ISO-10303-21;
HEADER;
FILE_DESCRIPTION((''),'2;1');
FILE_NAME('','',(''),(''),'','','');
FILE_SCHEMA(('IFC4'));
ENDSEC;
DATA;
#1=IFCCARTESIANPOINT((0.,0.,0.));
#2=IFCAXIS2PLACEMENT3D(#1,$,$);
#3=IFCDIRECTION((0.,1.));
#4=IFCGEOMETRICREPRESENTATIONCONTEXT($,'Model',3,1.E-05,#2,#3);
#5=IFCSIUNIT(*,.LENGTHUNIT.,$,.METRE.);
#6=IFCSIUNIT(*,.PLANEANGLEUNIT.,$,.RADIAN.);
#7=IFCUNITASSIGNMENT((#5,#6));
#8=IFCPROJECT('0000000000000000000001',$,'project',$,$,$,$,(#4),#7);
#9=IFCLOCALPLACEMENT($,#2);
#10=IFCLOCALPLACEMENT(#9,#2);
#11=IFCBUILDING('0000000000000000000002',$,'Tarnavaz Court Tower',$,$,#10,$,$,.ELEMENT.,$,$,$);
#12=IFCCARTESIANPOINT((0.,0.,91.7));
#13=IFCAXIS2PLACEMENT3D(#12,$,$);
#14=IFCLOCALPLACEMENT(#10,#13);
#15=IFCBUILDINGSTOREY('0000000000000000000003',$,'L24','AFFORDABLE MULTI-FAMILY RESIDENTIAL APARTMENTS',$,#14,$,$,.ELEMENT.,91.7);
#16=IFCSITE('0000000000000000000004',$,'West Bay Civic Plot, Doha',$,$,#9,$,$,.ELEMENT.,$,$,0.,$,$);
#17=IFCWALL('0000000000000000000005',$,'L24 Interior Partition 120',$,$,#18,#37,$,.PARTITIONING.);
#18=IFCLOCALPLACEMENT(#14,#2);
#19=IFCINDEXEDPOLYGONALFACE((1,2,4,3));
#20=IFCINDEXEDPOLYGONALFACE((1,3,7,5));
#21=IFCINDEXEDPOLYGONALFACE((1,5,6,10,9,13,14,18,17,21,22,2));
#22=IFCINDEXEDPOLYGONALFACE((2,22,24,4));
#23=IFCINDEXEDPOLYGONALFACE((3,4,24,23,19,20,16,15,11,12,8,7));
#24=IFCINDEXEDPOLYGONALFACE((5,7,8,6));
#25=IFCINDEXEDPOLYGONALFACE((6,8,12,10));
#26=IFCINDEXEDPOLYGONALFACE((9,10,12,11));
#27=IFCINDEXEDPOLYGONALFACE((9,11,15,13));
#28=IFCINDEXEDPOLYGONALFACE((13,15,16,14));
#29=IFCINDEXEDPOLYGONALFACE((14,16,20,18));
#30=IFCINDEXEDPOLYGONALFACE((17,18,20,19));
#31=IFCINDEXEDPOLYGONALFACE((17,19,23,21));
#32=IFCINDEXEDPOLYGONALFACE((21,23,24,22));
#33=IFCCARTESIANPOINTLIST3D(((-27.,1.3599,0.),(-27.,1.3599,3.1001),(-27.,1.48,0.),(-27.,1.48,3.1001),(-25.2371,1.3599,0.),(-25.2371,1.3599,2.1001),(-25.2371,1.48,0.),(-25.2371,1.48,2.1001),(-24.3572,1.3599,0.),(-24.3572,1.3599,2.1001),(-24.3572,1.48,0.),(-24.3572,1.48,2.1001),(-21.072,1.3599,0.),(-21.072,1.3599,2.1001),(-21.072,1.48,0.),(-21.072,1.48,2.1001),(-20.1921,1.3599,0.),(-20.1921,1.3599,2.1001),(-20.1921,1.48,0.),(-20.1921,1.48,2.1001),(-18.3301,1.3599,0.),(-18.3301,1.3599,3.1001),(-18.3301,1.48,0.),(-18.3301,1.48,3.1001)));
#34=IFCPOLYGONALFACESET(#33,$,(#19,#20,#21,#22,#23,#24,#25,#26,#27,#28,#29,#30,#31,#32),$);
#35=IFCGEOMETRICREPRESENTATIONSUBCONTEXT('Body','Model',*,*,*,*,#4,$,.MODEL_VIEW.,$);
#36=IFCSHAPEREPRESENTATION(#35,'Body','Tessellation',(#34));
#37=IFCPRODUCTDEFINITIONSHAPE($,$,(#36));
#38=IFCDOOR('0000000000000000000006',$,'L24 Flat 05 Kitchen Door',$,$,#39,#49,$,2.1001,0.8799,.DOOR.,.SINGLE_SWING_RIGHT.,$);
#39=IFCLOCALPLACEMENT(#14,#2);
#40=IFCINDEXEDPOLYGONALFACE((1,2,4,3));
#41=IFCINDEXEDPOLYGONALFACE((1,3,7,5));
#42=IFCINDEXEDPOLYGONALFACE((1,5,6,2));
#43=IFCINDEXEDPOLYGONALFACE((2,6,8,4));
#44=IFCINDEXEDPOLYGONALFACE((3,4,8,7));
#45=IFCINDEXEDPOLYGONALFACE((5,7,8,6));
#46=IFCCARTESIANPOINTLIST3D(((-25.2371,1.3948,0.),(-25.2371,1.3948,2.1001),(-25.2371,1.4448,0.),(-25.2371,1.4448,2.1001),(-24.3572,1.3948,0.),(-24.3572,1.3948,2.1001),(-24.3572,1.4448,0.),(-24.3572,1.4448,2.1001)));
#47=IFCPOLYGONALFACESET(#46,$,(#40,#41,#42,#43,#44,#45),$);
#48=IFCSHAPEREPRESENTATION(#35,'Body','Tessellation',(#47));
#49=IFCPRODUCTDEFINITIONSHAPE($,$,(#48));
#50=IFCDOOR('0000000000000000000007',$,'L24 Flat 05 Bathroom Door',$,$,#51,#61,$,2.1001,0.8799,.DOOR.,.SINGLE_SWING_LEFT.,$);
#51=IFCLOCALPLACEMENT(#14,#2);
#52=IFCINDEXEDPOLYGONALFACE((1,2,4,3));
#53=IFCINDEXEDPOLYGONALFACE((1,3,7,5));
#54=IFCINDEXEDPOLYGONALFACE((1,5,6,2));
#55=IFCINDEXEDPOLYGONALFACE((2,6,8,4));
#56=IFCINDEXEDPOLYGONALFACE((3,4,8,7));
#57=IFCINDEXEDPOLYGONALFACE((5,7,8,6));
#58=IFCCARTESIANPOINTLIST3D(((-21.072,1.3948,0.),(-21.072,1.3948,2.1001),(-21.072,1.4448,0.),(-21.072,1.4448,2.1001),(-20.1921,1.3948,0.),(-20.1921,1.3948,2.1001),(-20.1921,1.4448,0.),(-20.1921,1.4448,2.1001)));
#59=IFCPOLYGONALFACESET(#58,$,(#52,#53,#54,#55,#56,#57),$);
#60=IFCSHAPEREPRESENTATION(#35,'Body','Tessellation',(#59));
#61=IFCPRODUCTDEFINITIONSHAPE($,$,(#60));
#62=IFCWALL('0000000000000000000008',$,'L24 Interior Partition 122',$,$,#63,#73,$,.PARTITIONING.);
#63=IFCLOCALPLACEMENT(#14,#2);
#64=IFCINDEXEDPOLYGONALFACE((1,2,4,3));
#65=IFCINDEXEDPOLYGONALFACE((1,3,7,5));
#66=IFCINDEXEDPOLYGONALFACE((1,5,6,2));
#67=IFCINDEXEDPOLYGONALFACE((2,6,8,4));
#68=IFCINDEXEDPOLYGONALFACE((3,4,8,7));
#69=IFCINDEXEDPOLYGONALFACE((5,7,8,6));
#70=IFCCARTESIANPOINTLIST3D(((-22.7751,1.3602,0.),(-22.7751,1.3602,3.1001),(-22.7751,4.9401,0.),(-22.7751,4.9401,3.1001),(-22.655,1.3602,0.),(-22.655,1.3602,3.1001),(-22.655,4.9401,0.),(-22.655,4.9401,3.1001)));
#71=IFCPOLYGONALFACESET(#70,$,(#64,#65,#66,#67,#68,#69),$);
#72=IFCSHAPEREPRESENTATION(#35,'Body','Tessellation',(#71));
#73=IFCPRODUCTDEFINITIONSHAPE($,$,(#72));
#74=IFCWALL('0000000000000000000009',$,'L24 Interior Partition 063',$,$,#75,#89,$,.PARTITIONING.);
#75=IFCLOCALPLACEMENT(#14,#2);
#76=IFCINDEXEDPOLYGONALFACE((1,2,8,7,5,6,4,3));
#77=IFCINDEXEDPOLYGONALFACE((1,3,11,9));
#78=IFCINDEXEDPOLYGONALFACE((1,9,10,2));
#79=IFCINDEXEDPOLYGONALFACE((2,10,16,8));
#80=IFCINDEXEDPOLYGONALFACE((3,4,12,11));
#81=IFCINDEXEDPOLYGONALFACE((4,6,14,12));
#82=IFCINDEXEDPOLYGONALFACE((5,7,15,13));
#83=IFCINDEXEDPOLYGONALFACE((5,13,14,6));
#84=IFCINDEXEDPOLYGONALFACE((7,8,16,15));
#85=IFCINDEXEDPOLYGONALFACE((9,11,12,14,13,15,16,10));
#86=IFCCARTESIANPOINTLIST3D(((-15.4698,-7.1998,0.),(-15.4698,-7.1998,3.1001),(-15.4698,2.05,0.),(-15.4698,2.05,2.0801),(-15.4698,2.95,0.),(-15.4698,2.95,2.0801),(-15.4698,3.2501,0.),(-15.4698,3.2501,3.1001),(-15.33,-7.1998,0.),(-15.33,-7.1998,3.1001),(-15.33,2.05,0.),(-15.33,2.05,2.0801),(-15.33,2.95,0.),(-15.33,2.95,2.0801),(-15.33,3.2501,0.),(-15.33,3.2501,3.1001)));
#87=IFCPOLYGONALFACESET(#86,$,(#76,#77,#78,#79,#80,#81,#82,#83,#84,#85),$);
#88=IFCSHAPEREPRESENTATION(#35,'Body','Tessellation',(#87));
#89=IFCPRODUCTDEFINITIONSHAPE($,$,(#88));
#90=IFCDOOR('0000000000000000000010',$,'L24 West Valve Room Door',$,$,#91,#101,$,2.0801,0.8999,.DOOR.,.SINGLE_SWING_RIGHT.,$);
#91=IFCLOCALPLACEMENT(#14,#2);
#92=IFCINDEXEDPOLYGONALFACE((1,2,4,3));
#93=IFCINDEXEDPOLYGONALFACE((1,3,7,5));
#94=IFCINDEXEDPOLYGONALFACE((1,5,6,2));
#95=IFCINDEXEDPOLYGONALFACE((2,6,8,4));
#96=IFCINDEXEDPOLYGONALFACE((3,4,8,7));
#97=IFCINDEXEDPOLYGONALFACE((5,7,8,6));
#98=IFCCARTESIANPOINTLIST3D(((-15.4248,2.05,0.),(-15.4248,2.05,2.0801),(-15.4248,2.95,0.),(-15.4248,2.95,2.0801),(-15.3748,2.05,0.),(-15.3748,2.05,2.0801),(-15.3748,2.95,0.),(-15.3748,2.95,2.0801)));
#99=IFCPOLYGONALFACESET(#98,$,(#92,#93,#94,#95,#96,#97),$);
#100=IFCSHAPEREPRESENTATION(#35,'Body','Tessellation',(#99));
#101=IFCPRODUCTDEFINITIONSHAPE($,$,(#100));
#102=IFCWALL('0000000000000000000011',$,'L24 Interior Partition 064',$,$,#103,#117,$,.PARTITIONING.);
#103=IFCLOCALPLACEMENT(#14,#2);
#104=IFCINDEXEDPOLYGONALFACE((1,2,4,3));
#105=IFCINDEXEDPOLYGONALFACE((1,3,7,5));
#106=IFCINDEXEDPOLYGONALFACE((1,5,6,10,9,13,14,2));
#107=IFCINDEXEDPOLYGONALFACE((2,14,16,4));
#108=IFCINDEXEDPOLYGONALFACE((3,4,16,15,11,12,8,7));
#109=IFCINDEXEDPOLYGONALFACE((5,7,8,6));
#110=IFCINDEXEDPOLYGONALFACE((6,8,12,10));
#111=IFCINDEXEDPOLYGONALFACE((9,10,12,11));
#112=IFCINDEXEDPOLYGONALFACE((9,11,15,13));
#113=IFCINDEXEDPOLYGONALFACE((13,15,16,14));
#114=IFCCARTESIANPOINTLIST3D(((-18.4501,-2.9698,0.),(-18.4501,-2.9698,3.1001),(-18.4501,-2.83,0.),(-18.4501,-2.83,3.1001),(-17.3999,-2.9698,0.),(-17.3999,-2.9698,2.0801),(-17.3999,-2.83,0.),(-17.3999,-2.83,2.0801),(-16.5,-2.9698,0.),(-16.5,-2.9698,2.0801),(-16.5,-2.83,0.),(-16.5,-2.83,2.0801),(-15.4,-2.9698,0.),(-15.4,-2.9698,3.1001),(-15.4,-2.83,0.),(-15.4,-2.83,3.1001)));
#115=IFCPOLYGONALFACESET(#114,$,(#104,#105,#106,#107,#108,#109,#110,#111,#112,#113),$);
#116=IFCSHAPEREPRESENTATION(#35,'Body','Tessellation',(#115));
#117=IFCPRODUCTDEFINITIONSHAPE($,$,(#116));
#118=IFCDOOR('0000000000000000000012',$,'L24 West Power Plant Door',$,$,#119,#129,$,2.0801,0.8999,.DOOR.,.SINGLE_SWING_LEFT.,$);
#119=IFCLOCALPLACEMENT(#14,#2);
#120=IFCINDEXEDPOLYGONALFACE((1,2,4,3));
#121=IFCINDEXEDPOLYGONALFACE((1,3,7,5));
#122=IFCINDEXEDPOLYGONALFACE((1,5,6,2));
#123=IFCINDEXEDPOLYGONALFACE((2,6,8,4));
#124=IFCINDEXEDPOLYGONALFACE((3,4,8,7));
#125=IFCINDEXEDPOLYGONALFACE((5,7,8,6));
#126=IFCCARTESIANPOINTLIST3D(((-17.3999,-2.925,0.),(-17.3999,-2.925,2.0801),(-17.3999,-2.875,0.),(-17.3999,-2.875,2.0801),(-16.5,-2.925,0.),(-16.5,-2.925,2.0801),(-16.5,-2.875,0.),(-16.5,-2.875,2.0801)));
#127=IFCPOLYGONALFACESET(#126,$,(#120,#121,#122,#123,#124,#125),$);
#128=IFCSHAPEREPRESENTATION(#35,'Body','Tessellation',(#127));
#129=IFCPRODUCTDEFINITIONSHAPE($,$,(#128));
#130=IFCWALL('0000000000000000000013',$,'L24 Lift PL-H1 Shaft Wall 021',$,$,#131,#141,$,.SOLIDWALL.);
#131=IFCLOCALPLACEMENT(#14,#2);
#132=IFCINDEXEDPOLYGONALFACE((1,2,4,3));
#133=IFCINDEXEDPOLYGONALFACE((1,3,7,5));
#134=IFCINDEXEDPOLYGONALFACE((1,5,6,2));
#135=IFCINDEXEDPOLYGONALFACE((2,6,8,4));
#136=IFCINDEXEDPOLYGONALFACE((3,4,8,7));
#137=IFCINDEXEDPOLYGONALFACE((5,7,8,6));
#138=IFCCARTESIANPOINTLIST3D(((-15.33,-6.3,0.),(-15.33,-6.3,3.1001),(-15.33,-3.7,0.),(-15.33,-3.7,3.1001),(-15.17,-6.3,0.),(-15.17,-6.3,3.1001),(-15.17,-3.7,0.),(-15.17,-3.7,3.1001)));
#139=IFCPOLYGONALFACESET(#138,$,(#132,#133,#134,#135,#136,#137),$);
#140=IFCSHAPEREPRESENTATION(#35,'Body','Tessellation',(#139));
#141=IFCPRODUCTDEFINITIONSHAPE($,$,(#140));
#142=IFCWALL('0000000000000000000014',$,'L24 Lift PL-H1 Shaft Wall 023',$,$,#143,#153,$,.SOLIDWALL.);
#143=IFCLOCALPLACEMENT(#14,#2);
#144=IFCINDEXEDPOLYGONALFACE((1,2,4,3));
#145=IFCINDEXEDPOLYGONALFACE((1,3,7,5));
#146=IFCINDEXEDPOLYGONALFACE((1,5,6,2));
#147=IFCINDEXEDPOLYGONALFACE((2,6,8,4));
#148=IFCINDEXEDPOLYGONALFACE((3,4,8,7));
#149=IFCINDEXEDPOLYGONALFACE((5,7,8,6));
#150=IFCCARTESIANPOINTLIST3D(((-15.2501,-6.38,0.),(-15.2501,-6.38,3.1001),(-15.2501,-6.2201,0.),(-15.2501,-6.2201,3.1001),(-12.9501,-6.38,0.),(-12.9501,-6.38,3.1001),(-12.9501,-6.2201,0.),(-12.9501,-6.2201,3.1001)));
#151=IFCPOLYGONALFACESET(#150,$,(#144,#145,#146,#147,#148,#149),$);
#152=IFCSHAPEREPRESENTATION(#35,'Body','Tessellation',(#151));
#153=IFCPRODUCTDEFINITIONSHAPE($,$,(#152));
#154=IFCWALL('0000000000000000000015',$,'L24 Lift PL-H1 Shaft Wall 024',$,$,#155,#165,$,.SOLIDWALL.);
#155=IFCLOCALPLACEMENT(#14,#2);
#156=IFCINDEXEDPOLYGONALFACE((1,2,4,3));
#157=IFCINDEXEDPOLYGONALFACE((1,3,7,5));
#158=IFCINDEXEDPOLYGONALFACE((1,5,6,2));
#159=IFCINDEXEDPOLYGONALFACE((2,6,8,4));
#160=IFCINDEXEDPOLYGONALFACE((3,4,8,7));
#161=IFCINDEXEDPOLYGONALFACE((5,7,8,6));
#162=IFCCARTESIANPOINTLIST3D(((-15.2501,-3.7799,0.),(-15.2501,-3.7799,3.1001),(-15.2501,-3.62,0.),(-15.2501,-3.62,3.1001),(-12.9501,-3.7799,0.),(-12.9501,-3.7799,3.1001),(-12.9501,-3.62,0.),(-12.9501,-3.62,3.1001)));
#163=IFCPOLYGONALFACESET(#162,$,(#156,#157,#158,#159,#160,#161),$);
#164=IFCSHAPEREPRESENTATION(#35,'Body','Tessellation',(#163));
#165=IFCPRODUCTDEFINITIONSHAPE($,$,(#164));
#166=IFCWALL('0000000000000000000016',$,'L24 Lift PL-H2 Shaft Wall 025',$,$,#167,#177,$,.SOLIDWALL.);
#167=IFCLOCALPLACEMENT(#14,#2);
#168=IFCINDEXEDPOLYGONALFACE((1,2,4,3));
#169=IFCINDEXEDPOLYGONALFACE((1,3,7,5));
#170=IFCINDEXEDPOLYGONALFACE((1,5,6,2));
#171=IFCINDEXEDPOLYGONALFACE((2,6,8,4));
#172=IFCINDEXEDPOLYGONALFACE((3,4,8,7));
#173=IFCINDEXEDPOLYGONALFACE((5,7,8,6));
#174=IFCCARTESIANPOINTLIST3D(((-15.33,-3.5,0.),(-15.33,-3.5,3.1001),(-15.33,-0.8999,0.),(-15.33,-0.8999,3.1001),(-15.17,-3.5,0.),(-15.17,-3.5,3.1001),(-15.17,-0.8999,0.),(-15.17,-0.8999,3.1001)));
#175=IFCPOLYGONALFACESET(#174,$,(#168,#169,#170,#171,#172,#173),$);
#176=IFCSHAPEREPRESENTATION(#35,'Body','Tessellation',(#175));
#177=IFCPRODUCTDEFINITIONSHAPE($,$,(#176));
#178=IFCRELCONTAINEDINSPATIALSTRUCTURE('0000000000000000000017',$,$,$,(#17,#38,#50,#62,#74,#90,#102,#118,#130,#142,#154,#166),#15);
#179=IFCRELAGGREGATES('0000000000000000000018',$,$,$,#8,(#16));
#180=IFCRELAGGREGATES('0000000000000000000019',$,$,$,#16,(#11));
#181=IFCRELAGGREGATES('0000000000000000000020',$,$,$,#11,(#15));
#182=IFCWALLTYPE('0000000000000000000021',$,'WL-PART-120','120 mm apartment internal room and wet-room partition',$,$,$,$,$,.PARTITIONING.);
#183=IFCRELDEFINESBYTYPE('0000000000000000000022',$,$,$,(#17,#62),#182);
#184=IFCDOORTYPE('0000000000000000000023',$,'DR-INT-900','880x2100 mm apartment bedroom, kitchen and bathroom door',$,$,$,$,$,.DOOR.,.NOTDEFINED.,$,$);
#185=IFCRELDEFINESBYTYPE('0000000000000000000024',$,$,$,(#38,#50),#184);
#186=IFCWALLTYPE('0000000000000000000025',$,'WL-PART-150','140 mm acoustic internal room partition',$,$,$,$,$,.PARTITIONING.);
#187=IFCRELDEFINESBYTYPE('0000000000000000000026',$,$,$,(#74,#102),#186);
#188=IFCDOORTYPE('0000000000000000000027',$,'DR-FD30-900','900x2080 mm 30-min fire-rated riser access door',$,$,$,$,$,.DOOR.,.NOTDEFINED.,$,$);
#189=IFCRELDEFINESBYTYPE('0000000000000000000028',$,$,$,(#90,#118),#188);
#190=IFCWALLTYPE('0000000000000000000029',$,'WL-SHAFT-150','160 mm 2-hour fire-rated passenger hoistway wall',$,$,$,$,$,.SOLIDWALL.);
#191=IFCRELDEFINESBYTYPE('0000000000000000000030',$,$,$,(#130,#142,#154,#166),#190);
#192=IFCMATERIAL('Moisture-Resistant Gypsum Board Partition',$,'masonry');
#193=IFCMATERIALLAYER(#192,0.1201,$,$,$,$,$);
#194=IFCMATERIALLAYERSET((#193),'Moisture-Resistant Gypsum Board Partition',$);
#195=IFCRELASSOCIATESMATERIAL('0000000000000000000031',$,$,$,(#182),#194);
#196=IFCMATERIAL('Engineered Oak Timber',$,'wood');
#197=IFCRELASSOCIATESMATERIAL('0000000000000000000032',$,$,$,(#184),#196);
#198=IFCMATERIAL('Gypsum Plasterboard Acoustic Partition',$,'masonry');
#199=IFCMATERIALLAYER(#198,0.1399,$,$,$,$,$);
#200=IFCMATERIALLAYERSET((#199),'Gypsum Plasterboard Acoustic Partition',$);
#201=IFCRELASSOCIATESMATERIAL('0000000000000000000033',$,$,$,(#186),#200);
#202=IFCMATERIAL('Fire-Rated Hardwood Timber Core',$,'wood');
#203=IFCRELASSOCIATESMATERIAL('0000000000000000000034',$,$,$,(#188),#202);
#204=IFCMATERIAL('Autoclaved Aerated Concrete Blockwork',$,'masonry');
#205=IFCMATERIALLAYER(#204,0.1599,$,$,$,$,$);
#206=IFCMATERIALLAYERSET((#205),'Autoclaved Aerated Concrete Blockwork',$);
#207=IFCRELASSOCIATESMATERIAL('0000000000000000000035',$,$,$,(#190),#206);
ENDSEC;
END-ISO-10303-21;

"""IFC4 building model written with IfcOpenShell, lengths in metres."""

from ifc_helpers import new_model, si_unit, direction, frame, frame_2d, origin, place, context, subcontext, project, spatial, rectangle, extrude, material, layer, layer_set, type_object, element, fill, save


model = new_model("IFC4")

# Units and contexts
model_context = context("Model", 3, precision=1e-05, world=origin(), true_north=direction((0.0, 1.0)))
body_context = subcontext(model_context, "Body", "Model", "MODEL_VIEW")
ifc_project = project(units=[si_unit("LENGTHUNIT", "METRE"), si_unit("PLANEANGLEUNIT", "RADIAN")], contexts=[model_context])

# Site, building, storey
site_placement = place(None, origin())
site = spatial("IfcSite", under=ifc_project, at=site_placement, Name="West Bay Civic Plot, Doha", CompositionType="ELEMENT", RefElevation=0.0)
building_placement = place(site_placement, origin())
building = spatial("IfcBuilding", under=site, at=building_placement, Name="Tarnavaz Court Tower", CompositionType="ELEMENT")
storey_placement = place(building_placement, frame((0.0, 0.0, 91.7)))
storey = spatial("IfcBuildingStorey", under=building, at=storey_placement, Name="L24", Description="AFFORDABLE MULTI-FAMILY RESIDENTIAL APARTMENTS", CompositionType="ELEMENT", Elevation=91.7)

# Wall, openings, doors
ifc_material_1 = material(Name="Moisture-Resistant Gypsum Board Partition", Category="masonry")
ifc_layer_1 = layer(ifc_material_1, 0.1201)
ifc_layer_set_1 = layer_set([ifc_layer_1], Name="Moisture-Resistant Gypsum Board Partition")
wall_type_1 = type_object("IfcWallType", Name="WL-PART-120", Description="120 mm apartment internal room and wet-room partition", PredefinedType="PARTITIONING", material=ifc_layer_set_1)
wall_1_placement = place(storey_placement, frame((-27.0, 1.4199, 0.0), z_axis=(0.0, 0.0, 1.0), x_axis=(1.0, 0.0, 0.0)))
wall_1 = element("IfcWall", 1, at=wall_1_placement, inside=storey, type_object=wall_type_1, Name="L24 Interior Partition 120", PredefinedType="PARTITIONING", context=body_context, shape_type="SweptSolid", body=[
    extrude(rectangle(XDim=8.6699, YDim=0.1201, at=frame_2d((4.335, 0.0))), origin(), (0.0, 0.0, 1.0), 3.1001),
])
opening_1_placement = place(wall_1_placement, frame((1.7629, 0.0, 0.0)))
opening_1 = element("IfcOpeningElement", 2, at=opening_1_placement, cuts=wall_1, PredefinedType="OPENING", context=body_context, shape_type="SweptSolid", body=[
    extrude(rectangle(XDim=0.8799, YDim=2.1001, at=frame_2d((0.4399, 1.05))), frame((0.0, 0.0701, 0.0), z_axis=(0.0, -1.0, 0.0), x_axis=(1.0, 0.0, 0.0)), (0.0, 0.0, 1.0), 0.1401),
])
opening_2_placement = place(wall_1_placement, frame((5.928, 0.0, 0.0)))
opening_2 = element("IfcOpeningElement", 3, at=opening_2_placement, cuts=wall_1, PredefinedType="OPENING", context=body_context, shape_type="SweptSolid", body=[
    extrude(rectangle(XDim=0.8799, YDim=2.1001, at=frame_2d((0.4399, 1.05))), frame((0.0, 0.0701, 0.0), z_axis=(0.0, -1.0, 0.0), x_axis=(1.0, 0.0, 0.0)), (0.0, 0.0, 1.0), 0.1401),
])
ifc_material_2 = material(Name="Engineered Oak Timber", Category="wood")
door_type_1 = type_object("IfcDoorType", Name="DR-INT-900", Description="880x2100 mm apartment bedroom, kitchen and bathroom door", OperationType="NOTDEFINED", PredefinedType="DOOR", material=ifc_material_2)
door_1_placement = place(opening_1_placement, origin())
door_1 = element("IfcDoor", 4, at=door_1_placement, inside=storey, type_object=door_type_1, Name="L24 Flat 05 Kitchen Door", OperationType="SINGLE_SWING_RIGHT", OverallHeight=2.1001, OverallWidth=0.8799, PredefinedType="DOOR", context=body_context, shape_type="SweptSolid", body=[
    extrude(rectangle(XDim=0.8799, YDim=2.1001, at=frame_2d((0.4399, 1.05))), frame((0.0, 0.0249, 0.0), z_axis=(0.0, -1.0, 0.0), x_axis=(1.0, 0.0, 0.0)), (0.0, 0.0, 1.0), 0.05),
])
fill(opening_1, door_1)
door_2_placement = place(opening_2_placement, origin())
door_2 = element("IfcDoor", 5, at=door_2_placement, inside=storey, type_object=door_type_1, Name="L24 Flat 05 Bathroom Door", OperationType="SINGLE_SWING_LEFT", OverallHeight=2.1001, OverallWidth=0.8799, PredefinedType="DOOR", context=body_context, shape_type="SweptSolid", body=[
    extrude(rectangle(XDim=0.8799, YDim=2.1001, at=frame_2d((0.4399, 1.05))), frame((0.0, 0.0249, 0.0), z_axis=(0.0, -1.0, 0.0), x_axis=(1.0, 0.0, 0.0)), (0.0, 0.0, 1.0), 0.05),
])
fill(opening_2, door_2)

# Wall
wall_2_placement = place(storey_placement, frame((-22.7151, 1.3601, 0.0), z_axis=(0.0, 0.0, 1.0), x_axis=(0.0, 1.0, 0.0)))
element("IfcWall", 6, at=wall_2_placement, inside=storey, type_object=wall_type_1, Name="L24 Interior Partition 122", PredefinedType="PARTITIONING", context=body_context, shape_type="SweptSolid", body=[
    extrude(rectangle(XDim=3.5798, YDim=0.1201, at=frame_2d((1.79, 0.0))), origin(), (0.0, 0.0, 1.0), 3.1001),
])

# Walls, openings, doors
ifc_material_3 = material(Name="Gypsum Plasterboard Acoustic Partition", Category="masonry")
ifc_layer_2 = layer(ifc_material_3, 0.1399)
ifc_layer_set_2 = layer_set([ifc_layer_2], Name="Gypsum Plasterboard Acoustic Partition")
wall_type_2 = type_object("IfcWallType", Name="WL-PART-150", Description="140 mm acoustic internal room partition", PredefinedType="PARTITIONING", material=ifc_layer_set_2)
wall_3_placement = place(storey_placement, frame((-15.3999, -7.2, 0.0), z_axis=(0.0, 0.0, 1.0), x_axis=(0.0, 1.0, 0.0)))
wall_3 = element("IfcWall", 7, at=wall_3_placement, inside=storey, type_object=wall_type_2, Name="L24 Interior Partition 063", PredefinedType="PARTITIONING", context=body_context, shape_type="SweptSolid", body=[
    extrude(rectangle(XDim=10.45, YDim=0.1399, at=frame_2d((5.2251, 0.0))), origin(), (0.0, 0.0, 1.0), 3.1001),
])
opening_3_placement = place(wall_3_placement, frame((9.25, 0.0, 0.0)))
opening_3 = element("IfcOpeningElement", 8, at=opening_3_placement, cuts=wall_3, PredefinedType="OPENING", context=body_context, shape_type="SweptSolid", body=[
    extrude(rectangle(XDim=0.8999, YDim=2.0801, at=frame_2d((0.45, 1.04))), frame((0.0, 0.0798, 0.0), z_axis=(0.0, -1.0, 0.0), x_axis=(1.0, 0.0, 0.0)), (0.0, 0.0, 1.0), 0.1599),
])
ifc_material_4 = material(Name="Fire-Rated Hardwood Timber Core", Category="wood")
door_type_2 = type_object("IfcDoorType", Name="DR-FD30-900", Description="900x2080 mm 30-min fire-rated riser access door", OperationType="NOTDEFINED", PredefinedType="DOOR", material=ifc_material_4)
door_3_placement = place(opening_3_placement, origin())
door_3 = element("IfcDoor", 9, at=door_3_placement, inside=storey, type_object=door_type_2, Name="L24 West Valve Room Door", OperationType="SINGLE_SWING_RIGHT", OverallHeight=2.0801, OverallWidth=0.8999, PredefinedType="DOOR", context=body_context, shape_type="SweptSolid", body=[
    extrude(rectangle(XDim=0.8999, YDim=2.0801, at=frame_2d((0.45, 1.04))), frame((0.0, 0.0249, 0.0), z_axis=(0.0, -1.0, 0.0), x_axis=(1.0, 0.0, 0.0)), (0.0, 0.0, 1.0), 0.05),
])
fill(opening_3, door_3)
wall_4_placement = place(storey_placement, frame((-18.45, -2.8999, 0.0), z_axis=(0.0, 0.0, 1.0), x_axis=(1.0, 0.0, 0.0)))
wall_4 = element("IfcWall", 10, at=wall_4_placement, inside=storey, type_object=wall_type_2, Name="L24 Interior Partition 064", PredefinedType="PARTITIONING", context=body_context, shape_type="SweptSolid", body=[
    extrude(rectangle(XDim=3.05, YDim=0.1399, at=frame_2d((1.5249, 0.0))), origin(), (0.0, 0.0, 1.0), 3.1001),
])
opening_4_placement = place(wall_4_placement, frame((1.05, 0.0, 0.0)))
opening_4 = element("IfcOpeningElement", 11, at=opening_4_placement, cuts=wall_4, PredefinedType="OPENING", context=body_context, shape_type="SweptSolid", body=[
    extrude(rectangle(XDim=0.8999, YDim=2.0801, at=frame_2d((0.45, 1.04))), frame((0.0, 0.0798, 0.0), z_axis=(0.0, -1.0, 0.0), x_axis=(1.0, 0.0, 0.0)), (0.0, 0.0, 1.0), 0.1599),
])
door_4_placement = place(opening_4_placement, origin())
door_4 = element("IfcDoor", 12, at=door_4_placement, inside=storey, type_object=door_type_2, Name="L24 West Power Plant Door", OperationType="SINGLE_SWING_LEFT", OverallHeight=2.0801, OverallWidth=0.8999, PredefinedType="DOOR", context=body_context, shape_type="SweptSolid", body=[
    extrude(rectangle(XDim=0.8999, YDim=2.0801, at=frame_2d((0.45, 1.04))), frame((0.0, 0.0249, 0.0), z_axis=(0.0, -1.0, 0.0), x_axis=(1.0, 0.0, 0.0)), (0.0, 0.0, 1.0), 0.05),
])
fill(opening_4, door_4)

# Walls
ifc_material_5 = material(Name="Autoclaved Aerated Concrete Blockwork", Category="masonry")
ifc_layer_3 = layer(ifc_material_5, 0.1599)
ifc_layer_set_3 = layer_set([ifc_layer_3], Name="Autoclaved Aerated Concrete Blockwork")
wall_type_3 = type_object("IfcWallType", Name="WL-SHAFT-150", Description="160 mm 2-hour fire-rated passenger hoistway wall", PredefinedType="SOLIDWALL", material=ifc_layer_set_3)
wall_5_placement = place(storey_placement, frame((-15.25, -6.3, 0.0), z_axis=(0.0, 0.0, 1.0), x_axis=(0.0, 1.0, 0.0)))
element("IfcWall", 13, at=wall_5_placement, inside=storey, type_object=wall_type_3, Name="L24 Lift PL-H1 Shaft Wall 021", PredefinedType="SOLIDWALL", context=body_context, shape_type="SweptSolid", body=[
    extrude(rectangle(XDim=2.6001, YDim=0.1599, at=frame_2d((1.3, 0.0))), origin(), (0.0, 0.0, 1.0), 3.1001),
])
for number, where, z_axis, x_axis, name in (
    (14, (-15.25, -6.3, 0.0), (0.0, 0.0, 1.0), (1.0, 0.0, 0.0), "L24 Lift PL-H1 Shaft Wall 023"),
    (15, (-15.25, -3.7, 0.0), (0.0, 0.0, 1.0), (1.0, 0.0, 0.0), "L24 Lift PL-H1 Shaft Wall 024"),
):
    element("IfcWall", number, at=place(storey_placement, frame(where, z_axis=z_axis, x_axis=x_axis)), inside=storey, type_object=wall_type_3, Name=name, PredefinedType="SOLIDWALL", context=body_context, shape_type="SweptSolid", body=[
        extrude(rectangle(XDim=2.3, YDim=0.1599, at=frame_2d((1.1499, 0.0))), origin(), (0.0, 0.0, 1.0), 3.1001),
    ])
wall_6_placement = place(storey_placement, frame((-15.25, -3.5, 0.0), z_axis=(0.0, 0.0, 1.0), x_axis=(0.0, 1.0, 0.0)))
element("IfcWall", 16, at=wall_6_placement, inside=storey, type_object=wall_type_3, Name="L24 Lift PL-H2 Shaft Wall 025", PredefinedType="SOLIDWALL", context=body_context, shape_type="SweptSolid", body=[
    extrude(rectangle(XDim=2.6001, YDim=0.1599, at=frame_2d((1.3, 0.0))), origin(), (0.0, 0.0, 1.0), 3.1001),
])

save(model, "model.ifc")
